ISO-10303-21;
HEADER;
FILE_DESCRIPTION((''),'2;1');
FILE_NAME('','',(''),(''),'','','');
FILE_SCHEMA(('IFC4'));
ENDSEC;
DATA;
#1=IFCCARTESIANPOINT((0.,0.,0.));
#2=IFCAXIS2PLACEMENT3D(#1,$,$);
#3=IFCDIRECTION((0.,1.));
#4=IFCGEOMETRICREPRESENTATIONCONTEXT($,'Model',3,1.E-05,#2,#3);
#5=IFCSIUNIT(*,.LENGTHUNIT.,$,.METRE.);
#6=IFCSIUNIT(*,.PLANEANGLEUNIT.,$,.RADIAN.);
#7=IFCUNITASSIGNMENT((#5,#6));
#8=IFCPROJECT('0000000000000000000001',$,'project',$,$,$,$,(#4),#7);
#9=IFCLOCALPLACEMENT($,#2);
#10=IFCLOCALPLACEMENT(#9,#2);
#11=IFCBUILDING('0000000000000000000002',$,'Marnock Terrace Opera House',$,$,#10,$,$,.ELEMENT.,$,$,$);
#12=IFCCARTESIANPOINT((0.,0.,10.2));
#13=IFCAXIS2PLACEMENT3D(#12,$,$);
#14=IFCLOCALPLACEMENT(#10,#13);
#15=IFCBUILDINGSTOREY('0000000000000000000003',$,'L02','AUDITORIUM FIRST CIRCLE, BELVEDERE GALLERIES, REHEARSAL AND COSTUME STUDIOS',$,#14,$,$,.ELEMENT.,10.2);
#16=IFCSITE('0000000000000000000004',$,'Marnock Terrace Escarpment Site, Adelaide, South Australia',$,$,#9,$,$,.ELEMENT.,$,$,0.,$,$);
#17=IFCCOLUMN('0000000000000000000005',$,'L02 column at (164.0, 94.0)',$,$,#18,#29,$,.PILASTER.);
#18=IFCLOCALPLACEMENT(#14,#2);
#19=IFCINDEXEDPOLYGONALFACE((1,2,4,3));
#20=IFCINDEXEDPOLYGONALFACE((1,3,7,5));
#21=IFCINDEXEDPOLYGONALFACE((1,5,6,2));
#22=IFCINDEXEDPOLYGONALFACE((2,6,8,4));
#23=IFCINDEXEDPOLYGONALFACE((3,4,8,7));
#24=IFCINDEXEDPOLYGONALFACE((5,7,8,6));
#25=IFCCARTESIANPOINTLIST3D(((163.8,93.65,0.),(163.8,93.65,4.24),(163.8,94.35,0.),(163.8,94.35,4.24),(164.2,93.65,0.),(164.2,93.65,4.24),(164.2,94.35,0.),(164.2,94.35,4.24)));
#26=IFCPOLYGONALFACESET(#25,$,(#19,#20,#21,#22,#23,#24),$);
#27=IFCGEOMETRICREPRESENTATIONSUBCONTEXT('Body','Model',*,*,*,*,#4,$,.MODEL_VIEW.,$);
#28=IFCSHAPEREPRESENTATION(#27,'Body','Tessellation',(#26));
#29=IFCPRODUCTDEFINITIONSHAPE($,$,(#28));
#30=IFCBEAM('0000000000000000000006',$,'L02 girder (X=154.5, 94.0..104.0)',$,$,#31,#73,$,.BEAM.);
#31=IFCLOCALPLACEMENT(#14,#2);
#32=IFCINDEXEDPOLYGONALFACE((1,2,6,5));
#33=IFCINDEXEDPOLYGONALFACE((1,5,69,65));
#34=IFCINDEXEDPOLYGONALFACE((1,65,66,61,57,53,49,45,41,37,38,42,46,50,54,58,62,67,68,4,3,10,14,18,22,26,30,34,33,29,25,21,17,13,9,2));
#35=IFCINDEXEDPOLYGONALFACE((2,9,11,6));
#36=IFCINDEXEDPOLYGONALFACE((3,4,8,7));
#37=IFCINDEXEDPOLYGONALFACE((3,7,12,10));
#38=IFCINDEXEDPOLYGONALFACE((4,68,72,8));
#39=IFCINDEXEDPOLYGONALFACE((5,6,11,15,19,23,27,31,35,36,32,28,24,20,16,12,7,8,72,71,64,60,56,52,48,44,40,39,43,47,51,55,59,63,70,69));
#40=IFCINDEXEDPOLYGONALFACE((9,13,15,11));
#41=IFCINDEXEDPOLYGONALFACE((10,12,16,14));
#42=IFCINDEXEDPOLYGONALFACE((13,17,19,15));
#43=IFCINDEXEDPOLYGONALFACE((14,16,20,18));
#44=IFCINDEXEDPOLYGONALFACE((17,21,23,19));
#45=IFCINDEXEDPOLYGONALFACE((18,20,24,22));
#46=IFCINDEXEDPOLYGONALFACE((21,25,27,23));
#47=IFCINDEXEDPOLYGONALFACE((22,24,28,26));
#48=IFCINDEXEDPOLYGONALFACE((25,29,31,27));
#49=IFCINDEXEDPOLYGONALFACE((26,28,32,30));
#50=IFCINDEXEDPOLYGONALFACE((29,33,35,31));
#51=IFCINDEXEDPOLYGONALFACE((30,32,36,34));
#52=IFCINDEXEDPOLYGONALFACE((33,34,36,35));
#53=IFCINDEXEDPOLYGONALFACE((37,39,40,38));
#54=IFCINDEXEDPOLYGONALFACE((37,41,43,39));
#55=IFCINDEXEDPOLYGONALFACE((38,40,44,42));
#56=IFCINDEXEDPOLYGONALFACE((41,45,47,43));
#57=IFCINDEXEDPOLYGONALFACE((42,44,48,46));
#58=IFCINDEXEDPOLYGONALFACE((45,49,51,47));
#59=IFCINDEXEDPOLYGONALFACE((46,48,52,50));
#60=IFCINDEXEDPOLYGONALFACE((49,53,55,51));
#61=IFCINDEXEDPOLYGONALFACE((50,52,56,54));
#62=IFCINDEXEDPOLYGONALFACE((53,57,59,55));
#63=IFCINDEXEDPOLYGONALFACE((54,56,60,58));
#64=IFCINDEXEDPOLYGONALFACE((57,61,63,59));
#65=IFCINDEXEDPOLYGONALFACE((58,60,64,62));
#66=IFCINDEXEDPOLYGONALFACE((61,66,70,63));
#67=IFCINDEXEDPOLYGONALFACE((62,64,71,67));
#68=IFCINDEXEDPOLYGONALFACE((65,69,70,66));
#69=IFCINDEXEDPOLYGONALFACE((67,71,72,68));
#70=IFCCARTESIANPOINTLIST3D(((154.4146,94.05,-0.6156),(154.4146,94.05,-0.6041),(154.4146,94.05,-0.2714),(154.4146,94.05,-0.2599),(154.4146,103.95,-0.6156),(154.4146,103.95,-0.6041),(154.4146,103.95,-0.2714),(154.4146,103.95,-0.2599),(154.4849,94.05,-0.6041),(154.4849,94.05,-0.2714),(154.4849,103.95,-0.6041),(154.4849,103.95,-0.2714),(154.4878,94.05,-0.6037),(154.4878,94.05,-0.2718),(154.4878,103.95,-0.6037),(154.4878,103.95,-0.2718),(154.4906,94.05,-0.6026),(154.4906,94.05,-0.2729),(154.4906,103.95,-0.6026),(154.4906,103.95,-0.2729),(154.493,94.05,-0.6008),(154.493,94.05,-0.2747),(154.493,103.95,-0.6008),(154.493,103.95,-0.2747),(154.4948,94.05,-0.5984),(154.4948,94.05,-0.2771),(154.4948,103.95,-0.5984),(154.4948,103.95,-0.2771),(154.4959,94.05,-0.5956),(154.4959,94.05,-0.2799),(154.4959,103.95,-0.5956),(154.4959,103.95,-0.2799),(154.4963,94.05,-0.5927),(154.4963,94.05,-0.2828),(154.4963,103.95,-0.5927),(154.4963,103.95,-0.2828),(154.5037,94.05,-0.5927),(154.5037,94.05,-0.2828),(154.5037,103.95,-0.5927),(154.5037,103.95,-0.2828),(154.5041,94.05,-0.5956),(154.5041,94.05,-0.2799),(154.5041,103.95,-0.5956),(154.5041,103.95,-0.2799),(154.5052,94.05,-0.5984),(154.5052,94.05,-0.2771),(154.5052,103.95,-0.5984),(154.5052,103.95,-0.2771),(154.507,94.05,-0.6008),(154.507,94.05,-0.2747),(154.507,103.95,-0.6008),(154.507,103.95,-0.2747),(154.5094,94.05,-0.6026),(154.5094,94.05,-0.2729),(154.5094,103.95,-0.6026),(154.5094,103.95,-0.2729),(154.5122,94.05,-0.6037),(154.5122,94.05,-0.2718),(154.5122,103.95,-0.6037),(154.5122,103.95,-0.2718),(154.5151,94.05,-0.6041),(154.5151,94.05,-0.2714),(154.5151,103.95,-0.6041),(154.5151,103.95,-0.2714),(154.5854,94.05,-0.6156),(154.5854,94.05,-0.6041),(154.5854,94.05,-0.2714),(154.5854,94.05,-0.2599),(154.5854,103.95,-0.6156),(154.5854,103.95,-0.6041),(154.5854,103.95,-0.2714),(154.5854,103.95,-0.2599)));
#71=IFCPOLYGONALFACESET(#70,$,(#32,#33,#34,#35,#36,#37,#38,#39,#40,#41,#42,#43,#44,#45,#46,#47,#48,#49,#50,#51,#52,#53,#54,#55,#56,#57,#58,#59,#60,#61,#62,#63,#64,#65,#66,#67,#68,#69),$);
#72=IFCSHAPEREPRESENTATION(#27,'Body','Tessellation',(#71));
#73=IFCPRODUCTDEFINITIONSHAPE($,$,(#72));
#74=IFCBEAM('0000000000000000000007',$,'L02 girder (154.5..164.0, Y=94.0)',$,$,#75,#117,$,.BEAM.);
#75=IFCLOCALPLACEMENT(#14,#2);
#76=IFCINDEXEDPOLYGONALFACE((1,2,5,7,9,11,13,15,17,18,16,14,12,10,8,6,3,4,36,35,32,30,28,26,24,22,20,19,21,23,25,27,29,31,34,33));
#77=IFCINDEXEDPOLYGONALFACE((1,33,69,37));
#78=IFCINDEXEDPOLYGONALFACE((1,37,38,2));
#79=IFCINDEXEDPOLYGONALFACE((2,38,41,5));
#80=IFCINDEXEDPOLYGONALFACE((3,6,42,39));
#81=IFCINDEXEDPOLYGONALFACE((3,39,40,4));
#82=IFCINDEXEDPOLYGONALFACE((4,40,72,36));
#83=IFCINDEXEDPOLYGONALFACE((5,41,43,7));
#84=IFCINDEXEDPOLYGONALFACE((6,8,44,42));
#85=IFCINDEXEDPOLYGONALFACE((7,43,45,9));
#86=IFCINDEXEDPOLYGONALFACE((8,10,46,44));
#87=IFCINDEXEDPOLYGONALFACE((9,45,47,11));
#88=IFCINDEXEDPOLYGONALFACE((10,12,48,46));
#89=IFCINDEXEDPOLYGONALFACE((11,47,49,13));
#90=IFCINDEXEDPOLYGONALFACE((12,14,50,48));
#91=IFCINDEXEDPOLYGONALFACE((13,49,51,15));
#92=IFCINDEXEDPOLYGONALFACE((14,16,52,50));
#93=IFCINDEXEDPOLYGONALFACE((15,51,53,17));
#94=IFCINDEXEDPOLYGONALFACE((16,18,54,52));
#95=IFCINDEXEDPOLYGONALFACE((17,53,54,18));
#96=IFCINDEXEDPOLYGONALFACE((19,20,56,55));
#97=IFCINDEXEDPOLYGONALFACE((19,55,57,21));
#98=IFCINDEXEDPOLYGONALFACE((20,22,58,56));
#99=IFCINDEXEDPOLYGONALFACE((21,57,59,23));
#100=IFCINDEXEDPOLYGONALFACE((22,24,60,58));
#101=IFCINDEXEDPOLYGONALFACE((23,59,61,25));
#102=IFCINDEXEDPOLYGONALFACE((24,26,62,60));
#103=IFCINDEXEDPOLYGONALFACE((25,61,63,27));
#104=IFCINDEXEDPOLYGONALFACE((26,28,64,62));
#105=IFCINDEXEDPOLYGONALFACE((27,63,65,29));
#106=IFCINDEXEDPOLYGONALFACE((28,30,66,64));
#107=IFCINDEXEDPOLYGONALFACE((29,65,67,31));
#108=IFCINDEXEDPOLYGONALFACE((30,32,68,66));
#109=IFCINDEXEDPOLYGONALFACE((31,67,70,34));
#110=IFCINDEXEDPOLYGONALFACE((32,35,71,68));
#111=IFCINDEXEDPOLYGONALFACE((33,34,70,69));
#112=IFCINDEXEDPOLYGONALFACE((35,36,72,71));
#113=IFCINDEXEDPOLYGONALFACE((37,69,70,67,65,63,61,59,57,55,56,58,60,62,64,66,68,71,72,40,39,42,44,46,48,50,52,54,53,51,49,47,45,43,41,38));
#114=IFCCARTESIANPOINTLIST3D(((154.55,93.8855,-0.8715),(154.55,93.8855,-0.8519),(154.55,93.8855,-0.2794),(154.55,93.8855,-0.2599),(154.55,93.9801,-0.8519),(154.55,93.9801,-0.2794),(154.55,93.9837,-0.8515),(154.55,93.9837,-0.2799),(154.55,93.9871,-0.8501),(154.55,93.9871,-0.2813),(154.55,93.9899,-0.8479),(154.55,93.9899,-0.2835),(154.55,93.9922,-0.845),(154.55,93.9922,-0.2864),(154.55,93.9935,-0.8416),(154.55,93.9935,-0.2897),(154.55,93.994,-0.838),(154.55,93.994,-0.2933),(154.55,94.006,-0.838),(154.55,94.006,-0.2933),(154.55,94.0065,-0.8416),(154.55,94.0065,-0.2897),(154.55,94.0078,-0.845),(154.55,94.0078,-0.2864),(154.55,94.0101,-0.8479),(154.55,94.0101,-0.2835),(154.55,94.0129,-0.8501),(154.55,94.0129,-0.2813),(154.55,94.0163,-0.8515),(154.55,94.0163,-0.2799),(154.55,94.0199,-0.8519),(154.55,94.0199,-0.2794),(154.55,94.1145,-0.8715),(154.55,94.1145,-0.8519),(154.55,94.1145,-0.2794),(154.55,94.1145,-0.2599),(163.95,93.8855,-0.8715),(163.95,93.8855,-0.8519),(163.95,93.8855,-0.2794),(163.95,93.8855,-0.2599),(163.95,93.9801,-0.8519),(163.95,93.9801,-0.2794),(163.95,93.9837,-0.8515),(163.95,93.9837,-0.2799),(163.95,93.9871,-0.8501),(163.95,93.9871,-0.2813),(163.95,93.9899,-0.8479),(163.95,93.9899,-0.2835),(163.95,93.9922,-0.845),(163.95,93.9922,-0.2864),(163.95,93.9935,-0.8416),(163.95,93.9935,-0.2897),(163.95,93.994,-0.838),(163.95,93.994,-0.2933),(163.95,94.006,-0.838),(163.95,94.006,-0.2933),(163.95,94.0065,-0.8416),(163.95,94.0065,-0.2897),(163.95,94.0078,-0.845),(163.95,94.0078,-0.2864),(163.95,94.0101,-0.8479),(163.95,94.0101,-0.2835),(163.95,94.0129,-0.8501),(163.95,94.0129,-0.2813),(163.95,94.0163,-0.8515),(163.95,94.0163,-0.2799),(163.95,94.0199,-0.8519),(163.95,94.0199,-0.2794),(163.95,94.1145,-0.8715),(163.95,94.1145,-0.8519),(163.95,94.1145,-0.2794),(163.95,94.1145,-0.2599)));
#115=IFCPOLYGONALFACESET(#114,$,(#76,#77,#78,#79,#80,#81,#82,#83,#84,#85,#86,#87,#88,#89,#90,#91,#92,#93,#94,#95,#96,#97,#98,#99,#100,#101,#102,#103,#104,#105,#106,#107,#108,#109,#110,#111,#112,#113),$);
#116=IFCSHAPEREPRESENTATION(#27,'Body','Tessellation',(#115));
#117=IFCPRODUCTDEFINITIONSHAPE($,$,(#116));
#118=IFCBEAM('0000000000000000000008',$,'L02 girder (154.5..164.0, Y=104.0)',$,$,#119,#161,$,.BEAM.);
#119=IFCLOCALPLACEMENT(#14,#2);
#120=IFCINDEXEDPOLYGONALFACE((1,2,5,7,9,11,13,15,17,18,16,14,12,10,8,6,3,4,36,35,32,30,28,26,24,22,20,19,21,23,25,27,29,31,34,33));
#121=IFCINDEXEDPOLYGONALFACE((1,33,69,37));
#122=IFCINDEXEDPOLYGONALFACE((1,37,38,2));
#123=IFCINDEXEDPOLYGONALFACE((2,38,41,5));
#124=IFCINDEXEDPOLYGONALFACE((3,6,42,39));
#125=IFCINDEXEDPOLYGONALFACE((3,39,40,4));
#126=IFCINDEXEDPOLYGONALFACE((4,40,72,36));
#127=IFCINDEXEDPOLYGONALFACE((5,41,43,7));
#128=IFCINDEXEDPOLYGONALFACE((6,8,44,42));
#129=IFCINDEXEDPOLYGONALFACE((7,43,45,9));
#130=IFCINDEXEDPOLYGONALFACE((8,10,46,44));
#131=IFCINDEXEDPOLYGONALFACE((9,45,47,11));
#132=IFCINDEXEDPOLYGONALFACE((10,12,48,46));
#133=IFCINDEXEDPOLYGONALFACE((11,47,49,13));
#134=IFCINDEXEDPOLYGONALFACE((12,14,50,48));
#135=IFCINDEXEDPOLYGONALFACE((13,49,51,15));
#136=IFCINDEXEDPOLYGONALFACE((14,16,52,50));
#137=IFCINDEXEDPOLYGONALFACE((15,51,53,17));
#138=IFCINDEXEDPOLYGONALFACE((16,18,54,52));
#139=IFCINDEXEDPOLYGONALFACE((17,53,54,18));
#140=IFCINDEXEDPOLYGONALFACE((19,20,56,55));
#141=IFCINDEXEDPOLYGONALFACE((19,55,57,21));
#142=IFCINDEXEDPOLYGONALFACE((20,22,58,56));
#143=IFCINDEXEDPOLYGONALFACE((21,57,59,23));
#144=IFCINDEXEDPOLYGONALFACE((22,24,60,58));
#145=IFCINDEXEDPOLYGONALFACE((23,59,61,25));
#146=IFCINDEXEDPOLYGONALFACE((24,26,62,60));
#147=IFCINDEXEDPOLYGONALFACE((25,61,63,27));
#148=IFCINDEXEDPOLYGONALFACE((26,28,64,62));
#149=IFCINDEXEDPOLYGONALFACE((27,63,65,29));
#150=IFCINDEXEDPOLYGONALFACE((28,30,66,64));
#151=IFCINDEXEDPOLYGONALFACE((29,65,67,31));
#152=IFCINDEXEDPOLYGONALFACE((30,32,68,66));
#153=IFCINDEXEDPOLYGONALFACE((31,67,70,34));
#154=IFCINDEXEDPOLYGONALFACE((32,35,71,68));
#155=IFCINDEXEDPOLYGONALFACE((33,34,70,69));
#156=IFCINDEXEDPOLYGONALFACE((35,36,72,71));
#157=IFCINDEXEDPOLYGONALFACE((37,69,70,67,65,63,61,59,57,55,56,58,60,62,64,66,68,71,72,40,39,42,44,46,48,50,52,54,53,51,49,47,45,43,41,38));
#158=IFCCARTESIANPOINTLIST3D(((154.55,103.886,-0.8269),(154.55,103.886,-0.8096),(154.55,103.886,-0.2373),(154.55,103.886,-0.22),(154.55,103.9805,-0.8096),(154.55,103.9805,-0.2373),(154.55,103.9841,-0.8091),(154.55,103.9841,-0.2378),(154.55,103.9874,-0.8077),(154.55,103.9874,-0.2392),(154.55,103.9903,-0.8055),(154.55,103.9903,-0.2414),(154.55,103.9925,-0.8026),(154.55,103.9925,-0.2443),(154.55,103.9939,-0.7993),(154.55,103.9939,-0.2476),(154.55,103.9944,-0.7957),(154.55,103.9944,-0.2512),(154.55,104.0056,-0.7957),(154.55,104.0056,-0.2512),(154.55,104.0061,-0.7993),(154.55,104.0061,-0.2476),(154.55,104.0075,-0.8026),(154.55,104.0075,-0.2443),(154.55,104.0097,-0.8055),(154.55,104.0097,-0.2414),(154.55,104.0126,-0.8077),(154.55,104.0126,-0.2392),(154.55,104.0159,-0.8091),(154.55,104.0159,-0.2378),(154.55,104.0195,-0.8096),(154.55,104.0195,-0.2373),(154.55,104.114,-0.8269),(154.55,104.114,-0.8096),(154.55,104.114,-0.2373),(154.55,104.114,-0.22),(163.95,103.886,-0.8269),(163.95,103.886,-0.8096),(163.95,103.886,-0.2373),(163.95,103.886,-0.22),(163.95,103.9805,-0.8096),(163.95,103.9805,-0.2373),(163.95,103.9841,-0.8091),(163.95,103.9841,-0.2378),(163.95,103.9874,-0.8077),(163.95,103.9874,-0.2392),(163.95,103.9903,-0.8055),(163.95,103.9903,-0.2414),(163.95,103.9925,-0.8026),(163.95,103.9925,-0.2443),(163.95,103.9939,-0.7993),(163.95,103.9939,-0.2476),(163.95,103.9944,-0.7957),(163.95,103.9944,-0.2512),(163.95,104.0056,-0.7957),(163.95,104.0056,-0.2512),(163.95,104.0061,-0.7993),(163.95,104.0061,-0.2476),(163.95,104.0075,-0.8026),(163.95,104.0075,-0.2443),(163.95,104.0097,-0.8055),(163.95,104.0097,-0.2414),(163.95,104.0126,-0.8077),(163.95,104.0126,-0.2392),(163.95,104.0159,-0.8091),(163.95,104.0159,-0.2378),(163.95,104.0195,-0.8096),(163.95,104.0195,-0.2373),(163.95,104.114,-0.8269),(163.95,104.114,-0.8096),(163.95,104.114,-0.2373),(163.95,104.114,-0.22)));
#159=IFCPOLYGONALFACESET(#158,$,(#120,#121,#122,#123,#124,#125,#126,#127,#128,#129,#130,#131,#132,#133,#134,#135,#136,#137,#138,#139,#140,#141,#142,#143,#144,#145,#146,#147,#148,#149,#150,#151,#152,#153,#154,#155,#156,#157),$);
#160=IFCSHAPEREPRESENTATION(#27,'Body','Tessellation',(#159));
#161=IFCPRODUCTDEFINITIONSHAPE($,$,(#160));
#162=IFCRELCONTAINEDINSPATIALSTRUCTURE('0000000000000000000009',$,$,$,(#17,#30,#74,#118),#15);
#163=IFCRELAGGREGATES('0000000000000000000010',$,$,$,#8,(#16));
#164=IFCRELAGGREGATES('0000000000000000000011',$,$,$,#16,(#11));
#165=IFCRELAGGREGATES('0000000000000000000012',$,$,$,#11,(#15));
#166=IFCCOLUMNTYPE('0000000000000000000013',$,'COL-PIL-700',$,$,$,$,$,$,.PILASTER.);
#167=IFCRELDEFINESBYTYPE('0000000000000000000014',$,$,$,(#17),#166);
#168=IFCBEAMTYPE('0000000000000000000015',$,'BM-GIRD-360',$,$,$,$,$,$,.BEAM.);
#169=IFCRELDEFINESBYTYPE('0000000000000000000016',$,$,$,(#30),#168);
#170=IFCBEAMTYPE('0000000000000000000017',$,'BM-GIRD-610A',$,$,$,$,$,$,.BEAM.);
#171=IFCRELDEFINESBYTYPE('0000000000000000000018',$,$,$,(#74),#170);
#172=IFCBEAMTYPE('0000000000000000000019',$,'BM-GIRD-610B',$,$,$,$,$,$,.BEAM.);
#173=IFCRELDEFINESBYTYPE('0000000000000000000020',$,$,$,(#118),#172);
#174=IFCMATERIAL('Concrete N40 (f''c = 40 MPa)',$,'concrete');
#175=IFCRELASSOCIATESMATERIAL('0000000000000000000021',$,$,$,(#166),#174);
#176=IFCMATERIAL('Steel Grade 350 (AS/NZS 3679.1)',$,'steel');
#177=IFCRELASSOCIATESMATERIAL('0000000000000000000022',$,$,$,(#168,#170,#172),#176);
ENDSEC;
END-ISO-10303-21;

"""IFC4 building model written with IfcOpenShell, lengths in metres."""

from ifc_helpers import new_model, si_unit, direction, frame, origin, origin_2d, place, context, subcontext, project, spatial, rectangle, i_section, extrude, material, material_profile, profile_set, type_object, element, save


model = new_model("IFC4")

# Units and contexts
model_context = context("Model", 3, precision=1e-05, world=origin(), true_north=direction((0.0, 1.0)))
body_context = subcontext(model_context, "Body", "Model", "MODEL_VIEW")
ifc_project = project(units=[si_unit("LENGTHUNIT", "METRE"), si_unit("PLANEANGLEUNIT", "RADIAN")], contexts=[model_context])

# Site, building, storey
site_placement = place(None, origin())
site = spatial("IfcSite", under=ifc_project, at=site_placement, Name="Marnock Terrace Escarpment Site, Adelaide, South Australia", CompositionType="ELEMENT", RefElevation=0.0)
building_placement = place(site_placement, origin())
building = spatial("IfcBuilding", under=site, at=building_placement, Name="Marnock Terrace Opera House", CompositionType="ELEMENT")
storey_placement = place(building_placement, frame((0.0, 0.0, 10.2)))
storey = spatial("IfcBuildingStorey", under=building, at=storey_placement, Name="L02", Description="AUDITORIUM FIRST CIRCLE, BELVEDERE GALLERIES, REHEARSAL AND COSTUME STUDIOS", CompositionType="ELEMENT", Elevation=10.2)

# Column
ifc_material_1 = material(Name="Concrete N40 (f'c = 40 MPa)", Category="concrete")
ifc_material_profile_1 = material_profile(ifc_material_1, rectangle(XDim=0.3999, YDim=0.7, at=origin_2d()))
ifc_profile_set_1 = profile_set([ifc_material_profile_1], Name="Concrete N40 (f'c = 40 MPa)")
column_type = type_object("IfcColumnType", Name="COL-PIL-700", PredefinedType="PILASTER", material=ifc_profile_set_1)
column_placement = place(storey_placement, frame((164.0, 94.0, 0.0), z_axis=(0.0, 0.0, 1.0), x_axis=(1.0, 0.0, 0.0)))
element("IfcColumn", 1, at=column_placement, inside=storey, type_object=column_type, Name="L02 column at (164.0, 94.0)", PredefinedType="PILASTER", context=body_context, shape_type="SweptSolid", body=[
    extrude(rectangle(XDim=0.3999, YDim=0.7, at=origin_2d()), origin(), (0.0, 0.0, 1.0), 4.24),
])

# Beams
ifc_material_2 = material(Name="Steel Grade 350 (AS/NZS 3679.1)", Category="steel")
ifc_material_profile_2 = material_profile(ifc_material_2, i_section(OverallWidth=0.1709, OverallDepth=0.3557, WebThickness=0.0073, FlangeThickness=0.0115, FilletRadius=0.0115, at=origin_2d()))
ifc_profile_set_2 = profile_set([ifc_material_profile_2], Name="Steel Grade 350 (AS/NZS 3679.1)")
beam_type_1 = type_object("IfcBeamType", Name="BM-GIRD-360", PredefinedType="BEAM", material=ifc_profile_set_2)
beam_1_placement = place(storey_placement, frame((154.5, 94.05, -0.4377), z_axis=(0.0, 1.0, 0.0), x_axis=(-1.0, 0.0, 0.0)))
element("IfcBeam", 2, at=beam_1_placement, inside=storey, type_object=beam_type_1, Name="L02 girder (X=154.5, 94.0..104.0)", PredefinedType="BEAM", context=body_context, shape_type="SweptSolid", body=[
    extrude(i_section(OverallWidth=0.1709, OverallDepth=0.3557, WebThickness=0.0073, FlangeThickness=0.0115, FilletRadius=0.0115, at=origin_2d()), origin(), (0.0, 0.0, 1.0), 9.8999),
])
ifc_material_profile_3 = material_profile(ifc_material_2, i_section(OverallWidth=0.229, OverallDepth=0.6116, WebThickness=0.012, FlangeThickness=0.0195, FilletRadius=0.0139, at=origin_2d()))
ifc_profile_set_3 = profile_set([ifc_material_profile_3], Name="Steel Grade 350 (AS/NZS 3679.1)")
beam_type_2 = type_object("IfcBeamType", Name="BM-GIRD-610A", PredefinedType="BEAM", material=ifc_profile_set_3)
beam_2_placement = place(storey_placement, frame((154.55, 94.0, -0.5657), z_axis=(1.0, 0.0, 0.0), x_axis=(0.0, 1.0, 0.0)))
element("IfcBeam", 3, at=beam_2_placement, inside=storey, type_object=beam_type_2, Name="L02 girder (154.5..164.0, Y=94.0)", PredefinedType="BEAM", context=body_context, shape_type="SweptSolid", body=[
    extrude(i_section(OverallWidth=0.229, OverallDepth=0.6116, WebThickness=0.012, FlangeThickness=0.0195, FilletRadius=0.0139, at=origin_2d()), origin(), (0.0, 0.0, 1.0), 9.3999),
])
ifc_material_profile_4 = material_profile(ifc_material_2, i_section(OverallWidth=0.228, OverallDepth=0.6069, WebThickness=0.0112, FlangeThickness=0.0173, FilletRadius=0.0139, at=origin_2d()))
ifc_profile_set_4 = profile_set([ifc_material_profile_4], Name="Steel Grade 350 (AS/NZS 3679.1)")
beam_type_3 = type_object("IfcBeamType", Name="BM-GIRD-610B", PredefinedType="BEAM", material=ifc_profile_set_4)
beam_3_placement = place(storey_placement, frame((154.55, 104.0, -0.5234), z_axis=(1.0, 0.0, 0.0), x_axis=(0.0, 1.0, 0.0)))
element("IfcBeam", 4, at=beam_3_placement, inside=storey, type_object=beam_type_3, Name="L02 girder (154.5..164.0, Y=104.0)", PredefinedType="BEAM", context=body_context, shape_type="SweptSolid", body=[
    extrude(i_section(OverallWidth=0.228, OverallDepth=0.6069, WebThickness=0.0112, FlangeThickness=0.0173, FilletRadius=0.0139, at=origin_2d()), origin(), (0.0, 0.0, 1.0), 9.3999),
])

save(model, "model.ifc")
